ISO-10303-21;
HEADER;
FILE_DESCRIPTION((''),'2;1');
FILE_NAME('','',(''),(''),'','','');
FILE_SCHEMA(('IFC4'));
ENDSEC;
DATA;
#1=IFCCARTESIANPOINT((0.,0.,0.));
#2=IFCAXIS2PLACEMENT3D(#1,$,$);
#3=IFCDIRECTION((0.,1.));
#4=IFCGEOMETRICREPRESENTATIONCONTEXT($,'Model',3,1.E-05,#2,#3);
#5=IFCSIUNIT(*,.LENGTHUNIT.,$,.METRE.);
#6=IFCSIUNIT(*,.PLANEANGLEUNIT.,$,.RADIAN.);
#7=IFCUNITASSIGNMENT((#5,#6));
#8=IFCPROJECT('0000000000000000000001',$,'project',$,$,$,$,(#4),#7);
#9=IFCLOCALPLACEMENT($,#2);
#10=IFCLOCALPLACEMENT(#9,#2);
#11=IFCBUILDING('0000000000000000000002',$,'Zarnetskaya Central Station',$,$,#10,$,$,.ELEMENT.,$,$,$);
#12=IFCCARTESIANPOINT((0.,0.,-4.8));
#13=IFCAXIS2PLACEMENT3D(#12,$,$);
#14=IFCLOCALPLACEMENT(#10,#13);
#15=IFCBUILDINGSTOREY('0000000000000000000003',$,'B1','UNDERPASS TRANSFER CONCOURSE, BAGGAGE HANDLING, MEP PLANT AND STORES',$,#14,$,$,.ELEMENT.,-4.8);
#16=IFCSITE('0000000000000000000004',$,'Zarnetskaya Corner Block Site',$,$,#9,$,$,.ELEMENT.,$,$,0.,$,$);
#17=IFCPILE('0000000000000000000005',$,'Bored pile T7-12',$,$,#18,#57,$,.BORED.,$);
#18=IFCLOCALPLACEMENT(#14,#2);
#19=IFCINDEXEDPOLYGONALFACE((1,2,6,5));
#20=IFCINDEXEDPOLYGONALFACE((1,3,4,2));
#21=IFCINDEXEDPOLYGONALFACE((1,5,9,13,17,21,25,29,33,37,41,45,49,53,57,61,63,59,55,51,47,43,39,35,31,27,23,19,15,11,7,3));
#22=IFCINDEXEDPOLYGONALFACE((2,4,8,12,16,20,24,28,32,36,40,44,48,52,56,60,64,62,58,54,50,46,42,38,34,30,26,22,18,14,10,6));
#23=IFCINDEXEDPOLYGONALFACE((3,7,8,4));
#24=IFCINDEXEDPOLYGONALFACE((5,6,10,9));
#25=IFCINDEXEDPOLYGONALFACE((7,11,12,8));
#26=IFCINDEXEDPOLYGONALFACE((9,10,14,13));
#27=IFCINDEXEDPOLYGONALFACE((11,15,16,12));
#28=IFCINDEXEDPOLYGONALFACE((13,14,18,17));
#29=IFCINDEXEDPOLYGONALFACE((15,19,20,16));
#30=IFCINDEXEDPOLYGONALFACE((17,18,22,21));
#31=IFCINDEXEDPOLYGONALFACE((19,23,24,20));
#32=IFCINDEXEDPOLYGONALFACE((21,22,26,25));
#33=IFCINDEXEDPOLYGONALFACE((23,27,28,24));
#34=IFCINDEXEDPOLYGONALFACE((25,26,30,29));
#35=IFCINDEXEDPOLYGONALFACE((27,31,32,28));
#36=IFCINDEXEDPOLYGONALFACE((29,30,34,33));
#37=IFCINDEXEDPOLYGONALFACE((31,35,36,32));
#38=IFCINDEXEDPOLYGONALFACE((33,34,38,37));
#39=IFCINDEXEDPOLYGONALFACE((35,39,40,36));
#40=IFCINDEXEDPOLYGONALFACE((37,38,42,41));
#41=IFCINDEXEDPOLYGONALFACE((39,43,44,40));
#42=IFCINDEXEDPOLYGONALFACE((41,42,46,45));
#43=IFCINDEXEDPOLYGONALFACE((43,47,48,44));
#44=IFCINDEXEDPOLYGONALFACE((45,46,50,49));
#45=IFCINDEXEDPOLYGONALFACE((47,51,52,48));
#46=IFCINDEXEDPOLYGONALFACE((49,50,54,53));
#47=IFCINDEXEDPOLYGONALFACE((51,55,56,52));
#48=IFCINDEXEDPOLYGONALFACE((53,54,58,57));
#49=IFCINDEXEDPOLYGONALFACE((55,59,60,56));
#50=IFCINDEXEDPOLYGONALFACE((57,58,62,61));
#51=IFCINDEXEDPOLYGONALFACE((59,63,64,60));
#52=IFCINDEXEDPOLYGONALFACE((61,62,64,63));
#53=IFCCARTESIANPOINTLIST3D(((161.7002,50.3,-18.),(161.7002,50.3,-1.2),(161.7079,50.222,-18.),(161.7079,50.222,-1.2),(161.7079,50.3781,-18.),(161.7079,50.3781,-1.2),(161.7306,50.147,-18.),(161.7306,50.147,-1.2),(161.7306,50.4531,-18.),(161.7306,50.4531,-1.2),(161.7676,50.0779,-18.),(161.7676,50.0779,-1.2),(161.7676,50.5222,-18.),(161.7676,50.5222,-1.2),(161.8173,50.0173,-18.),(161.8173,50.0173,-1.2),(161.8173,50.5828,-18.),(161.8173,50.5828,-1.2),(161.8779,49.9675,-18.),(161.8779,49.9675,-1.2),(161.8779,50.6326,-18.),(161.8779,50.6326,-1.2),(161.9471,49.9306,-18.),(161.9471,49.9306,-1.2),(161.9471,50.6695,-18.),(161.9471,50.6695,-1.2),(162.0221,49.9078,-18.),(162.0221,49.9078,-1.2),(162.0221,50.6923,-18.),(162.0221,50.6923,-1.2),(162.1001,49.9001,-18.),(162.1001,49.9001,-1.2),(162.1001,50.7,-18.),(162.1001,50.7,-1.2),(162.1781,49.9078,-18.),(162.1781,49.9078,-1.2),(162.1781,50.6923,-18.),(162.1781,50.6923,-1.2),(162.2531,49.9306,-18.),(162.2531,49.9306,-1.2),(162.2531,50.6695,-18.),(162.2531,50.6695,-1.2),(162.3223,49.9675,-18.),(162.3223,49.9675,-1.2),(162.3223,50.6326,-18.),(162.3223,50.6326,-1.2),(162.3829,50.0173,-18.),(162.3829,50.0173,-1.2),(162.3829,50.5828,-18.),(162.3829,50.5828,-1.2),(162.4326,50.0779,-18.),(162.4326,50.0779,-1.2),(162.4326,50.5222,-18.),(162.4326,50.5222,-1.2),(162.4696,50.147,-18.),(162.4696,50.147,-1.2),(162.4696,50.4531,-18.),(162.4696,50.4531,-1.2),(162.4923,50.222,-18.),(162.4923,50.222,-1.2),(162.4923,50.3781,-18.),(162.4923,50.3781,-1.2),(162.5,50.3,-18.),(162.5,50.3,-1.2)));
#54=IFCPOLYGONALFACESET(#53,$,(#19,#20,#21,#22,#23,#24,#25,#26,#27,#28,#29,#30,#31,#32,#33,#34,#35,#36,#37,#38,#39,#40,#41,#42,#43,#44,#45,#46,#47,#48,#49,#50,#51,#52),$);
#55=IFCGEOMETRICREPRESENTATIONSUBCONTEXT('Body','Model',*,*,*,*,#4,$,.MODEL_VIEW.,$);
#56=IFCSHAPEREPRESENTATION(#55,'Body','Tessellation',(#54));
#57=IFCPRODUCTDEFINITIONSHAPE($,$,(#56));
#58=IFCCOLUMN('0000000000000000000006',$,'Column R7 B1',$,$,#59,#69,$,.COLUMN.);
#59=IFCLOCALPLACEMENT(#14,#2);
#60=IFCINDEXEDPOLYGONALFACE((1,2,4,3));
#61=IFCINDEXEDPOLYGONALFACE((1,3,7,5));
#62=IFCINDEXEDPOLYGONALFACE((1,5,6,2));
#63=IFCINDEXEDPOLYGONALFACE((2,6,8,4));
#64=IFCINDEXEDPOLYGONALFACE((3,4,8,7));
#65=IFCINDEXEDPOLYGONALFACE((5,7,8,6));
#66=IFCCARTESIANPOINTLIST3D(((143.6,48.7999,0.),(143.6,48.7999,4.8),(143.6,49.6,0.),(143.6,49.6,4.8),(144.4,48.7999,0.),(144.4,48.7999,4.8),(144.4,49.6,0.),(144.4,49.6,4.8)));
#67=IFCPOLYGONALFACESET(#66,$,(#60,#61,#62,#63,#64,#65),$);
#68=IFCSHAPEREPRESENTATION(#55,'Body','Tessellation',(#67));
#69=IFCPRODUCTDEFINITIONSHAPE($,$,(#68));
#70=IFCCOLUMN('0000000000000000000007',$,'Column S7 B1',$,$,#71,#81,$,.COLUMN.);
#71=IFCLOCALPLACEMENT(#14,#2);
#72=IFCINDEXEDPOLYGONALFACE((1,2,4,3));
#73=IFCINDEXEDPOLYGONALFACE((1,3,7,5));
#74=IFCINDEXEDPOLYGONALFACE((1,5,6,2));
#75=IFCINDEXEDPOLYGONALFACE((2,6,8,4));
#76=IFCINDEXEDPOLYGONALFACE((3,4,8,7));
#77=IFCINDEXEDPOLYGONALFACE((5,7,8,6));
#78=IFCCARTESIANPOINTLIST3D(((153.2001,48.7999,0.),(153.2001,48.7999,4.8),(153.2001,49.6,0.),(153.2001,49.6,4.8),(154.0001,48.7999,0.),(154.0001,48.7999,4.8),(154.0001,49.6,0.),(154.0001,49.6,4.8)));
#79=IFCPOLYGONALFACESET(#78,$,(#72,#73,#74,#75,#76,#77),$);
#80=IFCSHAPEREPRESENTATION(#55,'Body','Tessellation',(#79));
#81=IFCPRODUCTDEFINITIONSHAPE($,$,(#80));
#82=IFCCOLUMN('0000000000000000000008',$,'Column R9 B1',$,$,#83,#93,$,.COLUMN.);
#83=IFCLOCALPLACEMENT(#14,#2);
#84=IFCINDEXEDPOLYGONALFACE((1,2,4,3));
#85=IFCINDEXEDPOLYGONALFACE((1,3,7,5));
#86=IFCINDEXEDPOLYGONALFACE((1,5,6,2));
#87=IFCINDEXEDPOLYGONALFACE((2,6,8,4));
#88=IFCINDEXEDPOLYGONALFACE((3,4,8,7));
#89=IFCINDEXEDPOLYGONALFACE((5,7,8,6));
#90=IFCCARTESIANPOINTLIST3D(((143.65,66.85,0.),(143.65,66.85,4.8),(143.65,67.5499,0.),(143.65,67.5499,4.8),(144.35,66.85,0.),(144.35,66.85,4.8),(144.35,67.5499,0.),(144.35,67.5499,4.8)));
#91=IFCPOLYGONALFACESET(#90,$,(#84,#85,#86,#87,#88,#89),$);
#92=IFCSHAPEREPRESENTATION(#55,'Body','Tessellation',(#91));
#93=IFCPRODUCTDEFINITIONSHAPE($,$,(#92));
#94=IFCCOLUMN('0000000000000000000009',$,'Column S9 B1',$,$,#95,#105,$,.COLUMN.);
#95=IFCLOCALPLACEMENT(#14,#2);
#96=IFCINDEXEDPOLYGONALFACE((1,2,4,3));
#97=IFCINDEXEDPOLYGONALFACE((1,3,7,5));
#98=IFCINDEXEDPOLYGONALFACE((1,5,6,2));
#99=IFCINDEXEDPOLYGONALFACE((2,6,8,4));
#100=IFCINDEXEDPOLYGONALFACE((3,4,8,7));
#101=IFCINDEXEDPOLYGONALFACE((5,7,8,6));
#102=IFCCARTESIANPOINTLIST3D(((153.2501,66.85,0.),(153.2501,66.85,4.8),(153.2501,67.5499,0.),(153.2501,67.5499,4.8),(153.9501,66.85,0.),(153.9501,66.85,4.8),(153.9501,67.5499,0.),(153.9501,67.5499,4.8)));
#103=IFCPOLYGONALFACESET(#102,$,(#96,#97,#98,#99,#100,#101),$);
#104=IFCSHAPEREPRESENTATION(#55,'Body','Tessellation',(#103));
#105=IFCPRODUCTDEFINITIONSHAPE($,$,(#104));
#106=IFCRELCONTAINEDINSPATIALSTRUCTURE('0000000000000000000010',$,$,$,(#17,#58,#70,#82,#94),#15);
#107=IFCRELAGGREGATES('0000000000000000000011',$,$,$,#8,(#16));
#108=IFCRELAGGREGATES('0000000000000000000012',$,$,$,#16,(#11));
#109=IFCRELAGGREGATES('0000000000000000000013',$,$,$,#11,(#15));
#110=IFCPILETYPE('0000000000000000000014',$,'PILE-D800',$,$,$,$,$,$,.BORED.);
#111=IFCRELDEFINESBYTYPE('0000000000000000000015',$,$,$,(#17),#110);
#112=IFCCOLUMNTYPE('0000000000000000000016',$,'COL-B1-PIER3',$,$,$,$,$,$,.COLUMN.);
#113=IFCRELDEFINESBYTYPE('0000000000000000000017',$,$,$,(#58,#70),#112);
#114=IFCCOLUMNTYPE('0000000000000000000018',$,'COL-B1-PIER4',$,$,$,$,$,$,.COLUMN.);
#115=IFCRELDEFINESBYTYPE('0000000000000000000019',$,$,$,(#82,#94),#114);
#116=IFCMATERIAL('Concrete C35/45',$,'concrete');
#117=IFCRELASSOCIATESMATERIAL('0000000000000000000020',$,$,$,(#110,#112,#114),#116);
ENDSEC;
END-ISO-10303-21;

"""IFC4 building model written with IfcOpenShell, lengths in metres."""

from ifc_helpers import new_model, si_unit, direction, frame, origin, origin_2d, place, context, subcontext, project, spatial, rectangle, circle, extrude, material, material_profile, profile_set, type_object, element, save


model = new_model("IFC4")

# Units and contexts
model_context = context("Model", 3, precision=1e-05, world=origin(), true_north=direction((0.0, 1.0)))
body_context = subcontext(model_context, "Body", "Model", "MODEL_VIEW")
ifc_project = project(units=[si_unit("LENGTHUNIT", "METRE"), si_unit("PLANEANGLEUNIT", "RADIAN")], contexts=[model_context])

# Site, building, storey
site_placement = place(None, origin())
site = spatial("IfcSite", under=ifc_project, at=site_placement, Name="Zarnetskaya Corner Block Site", CompositionType="ELEMENT", RefElevation=0.0)
building_placement = place(site_placement, origin())
building = spatial("IfcBuilding", under=site, at=building_placement, Name="Zarnetskaya Central Station", CompositionType="ELEMENT")
storey_placement = place(building_placement, frame((0.0, 0.0, -4.8)))
storey = spatial("IfcBuildingStorey", under=building, at=storey_placement, Name="B1", Description="UNDERPASS TRANSFER CONCOURSE, BAGGAGE HANDLING, MEP PLANT AND STORES", CompositionType="ELEMENT", Elevation=-4.8)

# Shared definitions
ifc_material = material(Name="Concrete C35/45", Category="concrete")

# Pile
ifc_material_profile_1 = material_profile(ifc_material, circle(Radius=0.3999, at=origin_2d()), Name="BORED PILE D800")
ifc_profile_set_1 = profile_set([ifc_material_profile_1], Name="Concrete C35/45")
pile_type_1 = type_object("IfcPileType", Name="PILE-D800", PredefinedType="BORED", material=ifc_profile_set_1)
for number, where, z_axis, x_axis, name in (
    (1, (162.1001, 50.3, -1.2), (0.0, 0.0, -1.0), (1.0, 0.0, 0.0), "Bored pile T7-12"),
):
    element("IfcPile", number, at=place(storey_placement, frame(where, z_axis=z_axis, x_axis=x_axis)), inside=storey, type_object=pile_type_1, Name=name, PredefinedType="BORED", context=body_context, shape_type="SweptSolid", body=[
        extrude(circle(Radius=0.3999, at=origin_2d()), origin(), (0.0, 0.0, 1.0), 16.8),
    ])

# Columns
ifc_material_profile_2 = material_profile(ifc_material, rectangle(XDim=0.8, YDim=0.8, at=origin_2d()), Name="RC 800x800")
ifc_profile_set_2 = profile_set([ifc_material_profile_2], Name="Concrete C35/45")
column_type_1 = type_object("IfcColumnType", Name="COL-B1-PIER3", PredefinedType="COLUMN", material=ifc_profile_set_2)
for number, where, z_axis, x_axis, name in (
    (2, (144.0, 49.2, 0.0), (0.0, 0.0, 1.0), (1.0, 0.0, 0.0), "Column R7 B1"),
    (3, (153.6001, 49.2, 0.0), (0.0, 0.0, 1.0), (1.0, 0.0, 0.0), "Column S7 B1"),
):
    element("IfcColumn", number, at=place(storey_placement, frame(where, z_axis=z_axis, x_axis=x_axis)), inside=storey, type_object=column_type_1, Name=name, PredefinedType="COLUMN", context=body_context, shape_type="SweptSolid", body=[
        extrude(rectangle(XDim=0.8, YDim=0.8, at=origin_2d()), origin(), (0.0, 0.0, 1.0), 4.8),
    ])
ifc_material_profile_3 = material_profile(ifc_material, rectangle(XDim=0.7, YDim=0.7, at=origin_2d()), Name="RC 700x700")
ifc_profile_set_3 = profile_set([ifc_material_profile_3], Name="Concrete C35/45")
column_type_2 = type_object("IfcColumnType", Name="COL-B1-PIER4", PredefinedType="COLUMN", material=ifc_profile_set_3)
for number, where, z_axis, x_axis, name in (
    (4, (144.0, 67.2, 0.0), (0.0, 0.0, 1.0), (1.0, 0.0, 0.0), "Column R9 B1"),
    (5, (153.6001, 67.2, 0.0), (0.0, 0.0, 1.0), (1.0, 0.0, 0.0), "Column S9 B1"),
):
    element("IfcColumn", number, at=place(storey_placement, frame(where, z_axis=z_axis, x_axis=x_axis)), inside=storey, type_object=column_type_2, Name=name, PredefinedType="COLUMN", context=body_context, shape_type="SweptSolid", body=[
        extrude(rectangle(XDim=0.7, YDim=0.7, at=origin_2d()), origin(), (0.0, 0.0, 1.0), 4.8),
    ])

save(model, "model.ifc")
